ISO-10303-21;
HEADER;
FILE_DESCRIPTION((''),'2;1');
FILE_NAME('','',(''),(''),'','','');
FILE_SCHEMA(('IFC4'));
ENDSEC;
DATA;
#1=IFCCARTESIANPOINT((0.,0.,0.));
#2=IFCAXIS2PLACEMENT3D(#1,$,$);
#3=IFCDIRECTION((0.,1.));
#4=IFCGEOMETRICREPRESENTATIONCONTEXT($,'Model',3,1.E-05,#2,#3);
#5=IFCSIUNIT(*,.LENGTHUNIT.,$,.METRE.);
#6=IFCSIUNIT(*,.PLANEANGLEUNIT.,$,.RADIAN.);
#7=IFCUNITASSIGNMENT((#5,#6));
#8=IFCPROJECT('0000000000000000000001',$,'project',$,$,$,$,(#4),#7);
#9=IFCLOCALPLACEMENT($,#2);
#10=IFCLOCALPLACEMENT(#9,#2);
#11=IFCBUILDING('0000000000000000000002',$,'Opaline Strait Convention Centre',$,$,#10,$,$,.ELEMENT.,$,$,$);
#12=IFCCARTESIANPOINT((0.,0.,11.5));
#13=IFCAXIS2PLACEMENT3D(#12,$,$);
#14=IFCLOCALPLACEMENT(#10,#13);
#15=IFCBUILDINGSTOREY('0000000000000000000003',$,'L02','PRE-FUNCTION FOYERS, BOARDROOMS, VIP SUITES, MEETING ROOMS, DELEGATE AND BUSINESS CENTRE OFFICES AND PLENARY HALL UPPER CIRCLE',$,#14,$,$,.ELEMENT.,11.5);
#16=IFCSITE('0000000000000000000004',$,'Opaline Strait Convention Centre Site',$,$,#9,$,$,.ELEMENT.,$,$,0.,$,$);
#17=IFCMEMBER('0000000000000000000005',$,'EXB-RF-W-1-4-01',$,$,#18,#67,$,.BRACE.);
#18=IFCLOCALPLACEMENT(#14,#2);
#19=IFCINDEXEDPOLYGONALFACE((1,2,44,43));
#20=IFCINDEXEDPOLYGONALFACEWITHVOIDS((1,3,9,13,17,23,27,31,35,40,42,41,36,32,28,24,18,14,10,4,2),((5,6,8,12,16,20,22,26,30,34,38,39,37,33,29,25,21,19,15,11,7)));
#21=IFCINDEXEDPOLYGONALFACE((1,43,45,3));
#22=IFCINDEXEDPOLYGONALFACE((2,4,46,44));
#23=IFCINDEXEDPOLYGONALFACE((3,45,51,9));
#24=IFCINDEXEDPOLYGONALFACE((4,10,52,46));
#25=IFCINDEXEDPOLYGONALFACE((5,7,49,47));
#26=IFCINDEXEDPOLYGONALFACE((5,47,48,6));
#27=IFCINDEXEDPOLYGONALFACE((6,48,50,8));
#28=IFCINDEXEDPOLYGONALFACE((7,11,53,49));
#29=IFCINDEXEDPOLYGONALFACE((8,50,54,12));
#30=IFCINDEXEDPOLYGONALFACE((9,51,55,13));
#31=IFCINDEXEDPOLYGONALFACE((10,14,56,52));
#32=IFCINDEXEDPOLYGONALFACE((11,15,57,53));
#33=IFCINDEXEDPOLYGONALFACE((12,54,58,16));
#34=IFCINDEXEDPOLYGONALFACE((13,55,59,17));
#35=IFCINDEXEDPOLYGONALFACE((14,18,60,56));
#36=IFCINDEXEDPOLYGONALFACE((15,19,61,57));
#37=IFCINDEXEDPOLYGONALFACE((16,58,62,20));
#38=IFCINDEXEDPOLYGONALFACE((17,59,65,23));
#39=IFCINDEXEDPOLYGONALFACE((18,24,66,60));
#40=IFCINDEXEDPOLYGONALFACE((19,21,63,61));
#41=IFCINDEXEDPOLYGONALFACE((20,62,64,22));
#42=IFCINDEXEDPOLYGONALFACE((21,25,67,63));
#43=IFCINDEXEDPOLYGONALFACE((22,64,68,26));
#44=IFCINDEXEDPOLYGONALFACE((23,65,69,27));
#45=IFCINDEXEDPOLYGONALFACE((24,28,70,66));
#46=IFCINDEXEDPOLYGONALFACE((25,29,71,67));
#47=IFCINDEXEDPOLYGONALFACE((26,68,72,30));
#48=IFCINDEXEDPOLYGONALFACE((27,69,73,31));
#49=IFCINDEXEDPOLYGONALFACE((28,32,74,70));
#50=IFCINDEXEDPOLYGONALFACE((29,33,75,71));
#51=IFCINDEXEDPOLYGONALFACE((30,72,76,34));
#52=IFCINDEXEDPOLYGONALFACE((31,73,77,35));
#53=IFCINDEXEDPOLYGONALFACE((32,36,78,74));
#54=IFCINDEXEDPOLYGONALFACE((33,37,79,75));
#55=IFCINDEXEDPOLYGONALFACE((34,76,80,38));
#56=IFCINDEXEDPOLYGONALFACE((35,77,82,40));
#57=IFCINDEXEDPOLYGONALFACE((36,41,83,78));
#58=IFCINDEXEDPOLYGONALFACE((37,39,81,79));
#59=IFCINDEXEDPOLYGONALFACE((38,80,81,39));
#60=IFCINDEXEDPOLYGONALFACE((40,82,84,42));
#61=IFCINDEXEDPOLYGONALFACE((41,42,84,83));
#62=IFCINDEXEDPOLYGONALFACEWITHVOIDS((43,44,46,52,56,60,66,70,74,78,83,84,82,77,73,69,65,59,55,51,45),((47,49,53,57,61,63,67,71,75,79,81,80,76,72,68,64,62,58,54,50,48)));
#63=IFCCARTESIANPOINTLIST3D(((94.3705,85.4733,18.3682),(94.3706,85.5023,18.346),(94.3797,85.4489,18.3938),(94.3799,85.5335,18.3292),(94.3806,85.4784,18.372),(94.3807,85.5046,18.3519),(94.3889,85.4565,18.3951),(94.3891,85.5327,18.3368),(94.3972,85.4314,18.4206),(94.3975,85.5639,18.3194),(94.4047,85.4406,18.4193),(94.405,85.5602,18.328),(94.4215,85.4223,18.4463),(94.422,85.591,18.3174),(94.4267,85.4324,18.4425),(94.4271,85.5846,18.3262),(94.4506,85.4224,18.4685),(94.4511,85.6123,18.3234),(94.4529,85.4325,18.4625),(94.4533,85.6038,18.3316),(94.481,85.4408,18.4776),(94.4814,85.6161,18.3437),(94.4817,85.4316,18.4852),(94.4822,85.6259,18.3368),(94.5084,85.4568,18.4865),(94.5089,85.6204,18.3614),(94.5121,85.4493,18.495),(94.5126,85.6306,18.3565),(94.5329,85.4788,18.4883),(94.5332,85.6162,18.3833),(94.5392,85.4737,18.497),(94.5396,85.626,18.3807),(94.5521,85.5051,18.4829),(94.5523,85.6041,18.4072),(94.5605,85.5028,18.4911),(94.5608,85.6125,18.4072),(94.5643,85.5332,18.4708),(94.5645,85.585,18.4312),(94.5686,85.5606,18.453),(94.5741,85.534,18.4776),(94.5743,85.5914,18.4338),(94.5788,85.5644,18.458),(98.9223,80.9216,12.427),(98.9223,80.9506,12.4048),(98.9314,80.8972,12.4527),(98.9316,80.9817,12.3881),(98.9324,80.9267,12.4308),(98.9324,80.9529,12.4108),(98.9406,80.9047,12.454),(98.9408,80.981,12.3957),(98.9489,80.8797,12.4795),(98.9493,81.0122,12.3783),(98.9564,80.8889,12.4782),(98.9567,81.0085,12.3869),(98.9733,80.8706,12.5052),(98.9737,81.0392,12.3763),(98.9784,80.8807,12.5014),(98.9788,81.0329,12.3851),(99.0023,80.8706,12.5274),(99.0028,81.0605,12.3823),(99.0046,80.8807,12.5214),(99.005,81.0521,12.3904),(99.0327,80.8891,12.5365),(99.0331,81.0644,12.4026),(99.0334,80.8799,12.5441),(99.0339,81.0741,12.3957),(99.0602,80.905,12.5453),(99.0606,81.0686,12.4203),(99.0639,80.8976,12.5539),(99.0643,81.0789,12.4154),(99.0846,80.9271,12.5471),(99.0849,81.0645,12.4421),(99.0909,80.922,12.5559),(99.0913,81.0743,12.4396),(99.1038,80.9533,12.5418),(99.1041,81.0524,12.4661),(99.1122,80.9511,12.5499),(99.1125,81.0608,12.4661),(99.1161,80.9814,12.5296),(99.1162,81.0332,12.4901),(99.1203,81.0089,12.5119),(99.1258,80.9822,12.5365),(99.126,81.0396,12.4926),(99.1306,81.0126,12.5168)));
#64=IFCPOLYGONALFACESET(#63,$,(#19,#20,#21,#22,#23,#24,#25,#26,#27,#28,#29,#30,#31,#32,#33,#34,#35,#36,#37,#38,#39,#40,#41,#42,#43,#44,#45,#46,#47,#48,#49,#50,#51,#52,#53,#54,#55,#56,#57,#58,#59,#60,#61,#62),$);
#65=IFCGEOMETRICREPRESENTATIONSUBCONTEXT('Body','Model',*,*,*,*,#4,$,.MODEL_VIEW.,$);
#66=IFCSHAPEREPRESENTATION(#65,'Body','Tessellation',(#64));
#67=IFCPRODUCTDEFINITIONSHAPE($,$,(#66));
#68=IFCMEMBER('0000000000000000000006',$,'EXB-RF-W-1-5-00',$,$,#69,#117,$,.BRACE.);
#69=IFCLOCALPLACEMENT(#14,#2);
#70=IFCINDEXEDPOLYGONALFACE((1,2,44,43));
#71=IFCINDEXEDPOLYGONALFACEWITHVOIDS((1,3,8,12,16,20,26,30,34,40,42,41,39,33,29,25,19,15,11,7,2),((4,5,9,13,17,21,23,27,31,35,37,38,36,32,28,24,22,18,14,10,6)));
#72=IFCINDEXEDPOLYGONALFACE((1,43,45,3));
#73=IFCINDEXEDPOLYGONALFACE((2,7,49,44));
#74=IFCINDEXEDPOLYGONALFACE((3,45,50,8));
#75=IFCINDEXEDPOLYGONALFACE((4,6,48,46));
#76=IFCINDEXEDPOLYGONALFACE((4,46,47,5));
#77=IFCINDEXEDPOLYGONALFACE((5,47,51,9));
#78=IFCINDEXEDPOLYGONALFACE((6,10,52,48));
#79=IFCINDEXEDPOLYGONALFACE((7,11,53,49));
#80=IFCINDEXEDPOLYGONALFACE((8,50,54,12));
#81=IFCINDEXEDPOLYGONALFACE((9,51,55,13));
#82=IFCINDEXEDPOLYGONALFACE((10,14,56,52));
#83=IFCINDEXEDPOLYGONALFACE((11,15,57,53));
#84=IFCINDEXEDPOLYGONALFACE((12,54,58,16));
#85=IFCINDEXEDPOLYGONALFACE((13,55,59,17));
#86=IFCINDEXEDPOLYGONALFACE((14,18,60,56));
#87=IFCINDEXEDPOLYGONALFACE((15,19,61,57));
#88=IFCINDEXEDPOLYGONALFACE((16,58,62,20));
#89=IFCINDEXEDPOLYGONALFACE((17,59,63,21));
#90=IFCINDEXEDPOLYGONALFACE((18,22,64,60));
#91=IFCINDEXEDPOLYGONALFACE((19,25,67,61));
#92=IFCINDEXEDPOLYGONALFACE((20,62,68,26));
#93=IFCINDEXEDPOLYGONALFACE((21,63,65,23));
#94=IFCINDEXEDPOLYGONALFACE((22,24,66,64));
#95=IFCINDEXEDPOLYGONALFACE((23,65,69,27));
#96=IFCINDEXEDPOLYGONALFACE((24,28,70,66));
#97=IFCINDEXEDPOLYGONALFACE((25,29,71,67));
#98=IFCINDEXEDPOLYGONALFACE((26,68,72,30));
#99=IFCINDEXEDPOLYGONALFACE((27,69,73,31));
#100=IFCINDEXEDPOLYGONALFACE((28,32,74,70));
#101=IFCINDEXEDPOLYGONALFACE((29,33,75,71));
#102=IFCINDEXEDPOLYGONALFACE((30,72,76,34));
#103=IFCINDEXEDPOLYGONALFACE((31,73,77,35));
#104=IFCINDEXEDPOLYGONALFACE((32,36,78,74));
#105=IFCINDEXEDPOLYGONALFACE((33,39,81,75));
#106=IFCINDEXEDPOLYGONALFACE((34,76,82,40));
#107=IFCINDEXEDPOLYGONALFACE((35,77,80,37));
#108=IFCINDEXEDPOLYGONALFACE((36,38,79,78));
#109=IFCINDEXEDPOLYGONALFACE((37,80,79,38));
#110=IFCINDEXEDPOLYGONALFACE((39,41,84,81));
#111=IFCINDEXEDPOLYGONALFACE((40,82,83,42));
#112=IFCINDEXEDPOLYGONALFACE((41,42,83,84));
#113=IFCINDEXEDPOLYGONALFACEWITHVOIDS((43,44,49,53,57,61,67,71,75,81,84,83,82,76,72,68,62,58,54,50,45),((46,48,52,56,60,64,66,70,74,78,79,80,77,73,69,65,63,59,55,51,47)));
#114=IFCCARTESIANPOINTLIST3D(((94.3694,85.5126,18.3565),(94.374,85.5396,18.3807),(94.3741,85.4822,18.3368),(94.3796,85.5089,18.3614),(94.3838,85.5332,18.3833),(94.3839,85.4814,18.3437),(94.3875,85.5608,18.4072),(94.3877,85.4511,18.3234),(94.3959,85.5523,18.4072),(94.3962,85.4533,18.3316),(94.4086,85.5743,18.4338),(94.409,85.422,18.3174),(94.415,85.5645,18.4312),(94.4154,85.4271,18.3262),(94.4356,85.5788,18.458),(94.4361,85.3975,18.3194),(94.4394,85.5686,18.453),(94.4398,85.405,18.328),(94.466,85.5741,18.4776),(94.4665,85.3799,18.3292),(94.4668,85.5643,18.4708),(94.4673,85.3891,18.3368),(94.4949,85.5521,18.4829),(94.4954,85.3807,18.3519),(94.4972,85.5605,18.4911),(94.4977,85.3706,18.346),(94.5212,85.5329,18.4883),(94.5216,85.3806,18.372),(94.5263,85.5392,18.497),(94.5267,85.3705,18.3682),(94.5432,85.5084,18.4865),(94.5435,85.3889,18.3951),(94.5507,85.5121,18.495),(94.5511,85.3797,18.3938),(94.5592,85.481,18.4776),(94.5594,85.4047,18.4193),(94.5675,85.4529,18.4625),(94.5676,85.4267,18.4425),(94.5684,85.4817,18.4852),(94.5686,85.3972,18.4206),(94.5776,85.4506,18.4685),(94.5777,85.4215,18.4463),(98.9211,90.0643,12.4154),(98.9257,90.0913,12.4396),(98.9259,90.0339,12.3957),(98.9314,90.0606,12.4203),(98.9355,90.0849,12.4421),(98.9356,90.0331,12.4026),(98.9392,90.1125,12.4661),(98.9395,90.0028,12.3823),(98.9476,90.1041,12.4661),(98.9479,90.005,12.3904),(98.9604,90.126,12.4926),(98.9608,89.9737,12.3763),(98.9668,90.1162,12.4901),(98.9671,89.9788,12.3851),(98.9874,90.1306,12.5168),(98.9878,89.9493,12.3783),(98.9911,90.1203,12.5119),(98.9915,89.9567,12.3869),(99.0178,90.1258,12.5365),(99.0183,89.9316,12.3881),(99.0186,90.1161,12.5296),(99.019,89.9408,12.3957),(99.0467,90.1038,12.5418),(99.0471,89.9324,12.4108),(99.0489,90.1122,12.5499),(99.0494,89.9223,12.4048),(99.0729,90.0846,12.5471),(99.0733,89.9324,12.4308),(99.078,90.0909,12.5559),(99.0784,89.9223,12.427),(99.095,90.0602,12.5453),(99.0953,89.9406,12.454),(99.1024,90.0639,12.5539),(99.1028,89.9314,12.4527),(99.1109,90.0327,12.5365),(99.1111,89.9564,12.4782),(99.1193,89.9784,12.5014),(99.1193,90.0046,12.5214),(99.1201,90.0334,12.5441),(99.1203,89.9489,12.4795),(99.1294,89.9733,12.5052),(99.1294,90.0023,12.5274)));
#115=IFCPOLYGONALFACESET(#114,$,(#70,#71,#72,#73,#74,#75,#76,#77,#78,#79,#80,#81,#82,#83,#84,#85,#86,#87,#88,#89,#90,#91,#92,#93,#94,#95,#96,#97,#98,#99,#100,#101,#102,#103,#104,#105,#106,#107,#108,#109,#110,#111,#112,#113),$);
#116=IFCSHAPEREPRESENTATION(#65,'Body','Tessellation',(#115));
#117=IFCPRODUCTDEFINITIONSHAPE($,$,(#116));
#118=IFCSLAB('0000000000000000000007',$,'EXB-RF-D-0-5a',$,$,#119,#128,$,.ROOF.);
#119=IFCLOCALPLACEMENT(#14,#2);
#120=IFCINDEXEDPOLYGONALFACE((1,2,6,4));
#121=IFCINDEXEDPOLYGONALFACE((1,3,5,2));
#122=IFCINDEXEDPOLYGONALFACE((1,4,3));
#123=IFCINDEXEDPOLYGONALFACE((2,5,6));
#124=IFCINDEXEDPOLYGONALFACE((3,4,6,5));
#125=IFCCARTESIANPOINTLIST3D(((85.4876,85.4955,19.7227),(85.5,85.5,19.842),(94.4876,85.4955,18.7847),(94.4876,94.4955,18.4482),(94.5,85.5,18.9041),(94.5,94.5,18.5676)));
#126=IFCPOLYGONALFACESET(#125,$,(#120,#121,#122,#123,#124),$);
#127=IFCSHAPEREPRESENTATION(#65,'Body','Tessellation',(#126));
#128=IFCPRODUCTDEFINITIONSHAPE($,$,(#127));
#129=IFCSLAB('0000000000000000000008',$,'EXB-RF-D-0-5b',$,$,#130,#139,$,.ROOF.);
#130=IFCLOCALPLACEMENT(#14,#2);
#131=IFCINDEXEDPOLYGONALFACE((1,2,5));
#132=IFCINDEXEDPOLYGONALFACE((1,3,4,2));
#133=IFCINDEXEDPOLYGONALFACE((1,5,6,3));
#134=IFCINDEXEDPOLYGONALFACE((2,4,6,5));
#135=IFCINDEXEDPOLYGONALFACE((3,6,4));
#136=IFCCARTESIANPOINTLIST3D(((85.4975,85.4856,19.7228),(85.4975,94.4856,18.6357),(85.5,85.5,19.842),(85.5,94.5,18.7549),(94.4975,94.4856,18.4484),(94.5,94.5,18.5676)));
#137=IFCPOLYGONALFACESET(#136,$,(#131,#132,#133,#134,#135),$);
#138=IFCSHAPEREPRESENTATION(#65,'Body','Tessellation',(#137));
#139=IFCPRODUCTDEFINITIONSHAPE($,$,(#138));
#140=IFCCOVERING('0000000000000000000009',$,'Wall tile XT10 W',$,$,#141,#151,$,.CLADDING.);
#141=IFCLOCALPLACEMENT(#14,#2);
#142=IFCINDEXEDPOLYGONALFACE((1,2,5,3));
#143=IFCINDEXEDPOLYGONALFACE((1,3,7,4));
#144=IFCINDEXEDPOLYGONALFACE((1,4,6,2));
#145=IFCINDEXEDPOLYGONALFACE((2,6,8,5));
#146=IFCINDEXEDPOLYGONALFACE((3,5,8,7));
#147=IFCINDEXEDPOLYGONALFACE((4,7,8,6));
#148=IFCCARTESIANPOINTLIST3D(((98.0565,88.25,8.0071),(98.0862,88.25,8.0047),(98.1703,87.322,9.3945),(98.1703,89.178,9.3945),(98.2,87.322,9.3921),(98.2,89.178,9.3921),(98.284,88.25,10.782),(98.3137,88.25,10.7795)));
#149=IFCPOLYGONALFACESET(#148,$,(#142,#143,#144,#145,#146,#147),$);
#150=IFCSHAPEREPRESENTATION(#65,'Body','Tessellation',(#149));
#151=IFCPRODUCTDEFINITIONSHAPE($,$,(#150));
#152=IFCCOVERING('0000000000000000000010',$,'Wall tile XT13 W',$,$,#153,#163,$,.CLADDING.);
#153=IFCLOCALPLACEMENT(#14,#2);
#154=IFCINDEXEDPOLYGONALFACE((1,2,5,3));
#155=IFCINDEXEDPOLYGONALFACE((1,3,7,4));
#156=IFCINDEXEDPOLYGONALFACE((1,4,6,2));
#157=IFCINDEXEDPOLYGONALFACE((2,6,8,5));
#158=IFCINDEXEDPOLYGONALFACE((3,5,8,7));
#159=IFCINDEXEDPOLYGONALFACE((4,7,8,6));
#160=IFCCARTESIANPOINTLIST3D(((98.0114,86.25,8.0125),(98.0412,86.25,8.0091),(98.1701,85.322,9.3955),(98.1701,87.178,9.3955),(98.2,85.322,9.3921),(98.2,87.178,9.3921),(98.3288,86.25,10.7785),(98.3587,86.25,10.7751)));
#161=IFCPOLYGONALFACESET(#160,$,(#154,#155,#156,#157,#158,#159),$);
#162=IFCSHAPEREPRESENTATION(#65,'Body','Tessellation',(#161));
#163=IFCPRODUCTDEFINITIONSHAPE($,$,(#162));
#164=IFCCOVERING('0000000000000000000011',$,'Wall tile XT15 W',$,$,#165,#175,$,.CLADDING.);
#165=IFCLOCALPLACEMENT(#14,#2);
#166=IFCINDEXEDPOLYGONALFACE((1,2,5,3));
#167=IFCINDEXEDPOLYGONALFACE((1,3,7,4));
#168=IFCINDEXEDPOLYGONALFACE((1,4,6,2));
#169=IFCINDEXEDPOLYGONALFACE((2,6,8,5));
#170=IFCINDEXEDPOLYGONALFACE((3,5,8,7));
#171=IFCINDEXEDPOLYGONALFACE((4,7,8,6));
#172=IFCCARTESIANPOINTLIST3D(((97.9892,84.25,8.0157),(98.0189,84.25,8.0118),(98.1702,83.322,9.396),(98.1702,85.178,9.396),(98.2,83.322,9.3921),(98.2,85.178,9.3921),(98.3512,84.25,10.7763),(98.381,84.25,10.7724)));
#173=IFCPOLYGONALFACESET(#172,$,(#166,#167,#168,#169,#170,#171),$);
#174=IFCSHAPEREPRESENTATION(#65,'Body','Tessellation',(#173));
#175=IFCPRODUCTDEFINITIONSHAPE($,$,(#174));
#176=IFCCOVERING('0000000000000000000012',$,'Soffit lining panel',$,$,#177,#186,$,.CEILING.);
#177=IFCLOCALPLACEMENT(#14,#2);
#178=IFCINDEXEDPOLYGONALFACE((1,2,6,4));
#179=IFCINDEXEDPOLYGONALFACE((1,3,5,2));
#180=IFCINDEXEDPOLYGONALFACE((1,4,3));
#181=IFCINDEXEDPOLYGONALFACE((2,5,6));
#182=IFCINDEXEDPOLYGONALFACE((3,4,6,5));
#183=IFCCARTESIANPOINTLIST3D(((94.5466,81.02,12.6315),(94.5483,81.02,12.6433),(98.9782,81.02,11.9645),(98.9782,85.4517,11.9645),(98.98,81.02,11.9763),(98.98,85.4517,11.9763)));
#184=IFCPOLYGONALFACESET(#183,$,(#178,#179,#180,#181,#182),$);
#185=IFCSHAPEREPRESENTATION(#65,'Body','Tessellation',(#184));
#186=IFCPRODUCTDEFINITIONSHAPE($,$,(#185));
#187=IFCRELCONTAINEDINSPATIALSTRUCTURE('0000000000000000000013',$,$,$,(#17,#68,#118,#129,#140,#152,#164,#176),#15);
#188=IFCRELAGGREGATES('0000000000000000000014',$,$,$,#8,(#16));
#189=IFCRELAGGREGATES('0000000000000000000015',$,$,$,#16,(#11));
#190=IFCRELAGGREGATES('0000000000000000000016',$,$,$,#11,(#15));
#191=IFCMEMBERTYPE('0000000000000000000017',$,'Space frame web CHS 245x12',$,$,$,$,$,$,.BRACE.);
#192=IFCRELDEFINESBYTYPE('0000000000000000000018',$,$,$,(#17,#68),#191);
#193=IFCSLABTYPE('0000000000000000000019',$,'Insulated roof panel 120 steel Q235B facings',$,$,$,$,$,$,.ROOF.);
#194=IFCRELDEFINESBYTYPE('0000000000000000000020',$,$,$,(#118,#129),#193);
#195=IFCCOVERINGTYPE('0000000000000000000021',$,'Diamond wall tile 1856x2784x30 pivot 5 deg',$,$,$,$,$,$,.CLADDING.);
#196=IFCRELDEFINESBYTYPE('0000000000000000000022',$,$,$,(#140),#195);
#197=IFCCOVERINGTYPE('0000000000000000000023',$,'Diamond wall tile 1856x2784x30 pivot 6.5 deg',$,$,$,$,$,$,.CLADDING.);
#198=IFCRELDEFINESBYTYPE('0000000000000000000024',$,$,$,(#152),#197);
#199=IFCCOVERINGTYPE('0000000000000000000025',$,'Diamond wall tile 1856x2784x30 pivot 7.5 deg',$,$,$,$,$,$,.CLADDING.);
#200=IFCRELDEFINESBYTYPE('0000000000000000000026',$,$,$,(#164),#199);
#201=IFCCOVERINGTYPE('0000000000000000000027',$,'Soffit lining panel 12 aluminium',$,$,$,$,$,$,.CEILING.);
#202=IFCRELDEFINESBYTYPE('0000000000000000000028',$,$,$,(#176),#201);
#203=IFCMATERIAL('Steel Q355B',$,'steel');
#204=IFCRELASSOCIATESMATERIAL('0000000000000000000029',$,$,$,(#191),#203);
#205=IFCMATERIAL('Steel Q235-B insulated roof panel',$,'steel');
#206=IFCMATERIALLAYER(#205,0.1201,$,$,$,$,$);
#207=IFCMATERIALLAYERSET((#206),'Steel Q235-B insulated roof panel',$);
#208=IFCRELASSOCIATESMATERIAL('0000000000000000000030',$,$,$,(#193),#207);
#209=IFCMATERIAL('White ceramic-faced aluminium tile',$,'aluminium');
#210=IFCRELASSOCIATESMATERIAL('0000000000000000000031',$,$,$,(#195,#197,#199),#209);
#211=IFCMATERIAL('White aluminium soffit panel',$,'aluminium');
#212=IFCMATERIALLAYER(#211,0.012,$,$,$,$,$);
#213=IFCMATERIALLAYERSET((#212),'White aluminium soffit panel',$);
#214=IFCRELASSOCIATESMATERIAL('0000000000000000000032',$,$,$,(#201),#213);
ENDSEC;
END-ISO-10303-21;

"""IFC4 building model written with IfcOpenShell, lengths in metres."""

from ifc_helpers import new_model, si_unit, direction, frame, origin, origin_2d, place, context, subcontext, project, spatial, polyline, hollow_circle, outline, extrude, material, layer, layer_set, material_profile, profile_set, type_object, element, save


model = new_model("IFC4")

# Units and contexts
model_context = context("Model", 3, precision=1e-05, world=origin(), true_north=direction((0.0, 1.0)))
body_context = subcontext(model_context, "Body", "Model", "MODEL_VIEW")
ifc_project = project(units=[si_unit("LENGTHUNIT", "METRE"), si_unit("PLANEANGLEUNIT", "RADIAN")], contexts=[model_context])

# Site, building, storey
site_placement = place(None, origin())
site = spatial("IfcSite", under=ifc_project, at=site_placement, Name="Opaline Strait Convention Centre Site", CompositionType="ELEMENT", RefElevation=0.0)
building_placement = place(site_placement, origin())
building = spatial("IfcBuilding", under=site, at=building_placement, Name="Opaline Strait Convention Centre", CompositionType="ELEMENT")
storey_placement = place(building_placement, frame((0.0, 0.0, 11.5)))
storey = spatial("IfcBuildingStorey", under=building, at=storey_placement, Name="L02", Description="PRE-FUNCTION FOYERS, BOARDROOMS, VIP SUITES, MEETING ROOMS, DELEGATE AND BUSINESS CENTRE OFFICES AND PLENARY HALL UPPER CIRCLE", CompositionType="ELEMENT", Elevation=11.5)

# Members
ifc_material_1 = material(Name="Steel Q355B", Category="steel")
ifc_material_profile_1 = material_profile(ifc_material_1, hollow_circle(Radius=0.1226, WallThickness=0.012, at=origin_2d()), Name="CHS 245x12")
ifc_profile_set_1 = profile_set([ifc_material_profile_1], Name="Steel Q355B")
member_type_1 = type_object("IfcMemberType", Name="Space frame web CHS 245x12", PredefinedType="BRACE", material=ifc_profile_set_1)
for number, where, z_axis, x_axis, name in (
    (1, (94.4741, 85.5259, 18.4072), (0.519618, -0.519618, -0.678229), (0.707107, 0.707107, 0.0), "EXB-RF-W-1-4-01"),
    (2, (94.4741, 85.4741, 18.4072), (0.519618, 0.519618, -0.678229), (-0.707107, 0.707107, 0.0), "EXB-RF-W-1-5-00"),
):
    element("IfcMember", number, at=place(storey_placement, frame(where, z_axis=z_axis, x_axis=x_axis)), inside=storey, type_object=member_type_1, Name=name, PredefinedType="BRACE", context=body_context, shape_type="SweptSolid", body=[
        extrude(hollow_circle(Radius=0.1226, WallThickness=0.012, at=origin_2d()), origin(), (0.0, 0.0, 1.0), 8.7598),
    ])

# Slabs
ifc_material_2 = material(Name="Steel Q235-B insulated roof panel", Category="steel")
ifc_layer_1 = layer(ifc_material_2, 0.1201)
ifc_layer_set_1 = layer_set([ifc_layer_1], Name="Steel Q235-B insulated roof panel")
slab_type = type_object("IfcSlabType", Name="Insulated roof panel 120 steel Q235B facings", PredefinedType="ROOF", material=ifc_layer_set_1)
slab_1_placement = place(storey_placement, frame((85.5, 85.5, 19.842), z_axis=(0.103588, 0.037154, 0.993926), x_axis=(0.994613, 0.0, -0.103659)))
element("IfcSlab", 3, at=slab_1_placement, inside=storey, type_object=slab_type, Name="EXB-RF-D-0-5a", PredefinedType="ROOF", context=body_context, shape_type="SweptSolid", body=[
    extrude(outline(polyline([(0.0, 0.0), (9.0487, 0.0), (9.0836, 9.0062), (0.0, 0.0)])), origin(), (0.0, 0.0, -1.0), 0.1201),
])
slab_2_placement = place(storey_placement, frame((85.5, 85.5, 19.842), z_axis=(0.020652, 0.119898, 0.992571), x_axis=(0.703589, 0.703589, -0.099629)))
element("IfcSlab", 4, at=slab_2_placement, inside=storey, type_object=slab_type, Name="EXB-RF-D-0-5b", PredefinedType="ROOF", context=body_context, shape_type="SweptSolid", body=[
    extrude(outline(polyline([(0.0, 0.0), (12.7916, 0.0), (6.4406, 6.3797), (0.0, 0.0)])), origin(), (0.0, 0.0, -1.0), 0.1201),
])

# Coverings
ifc_material_3 = material(Name="White ceramic-faced aluminium tile", Category="aluminium")
ifc_material_profile_2 = material_profile(ifc_material_3, outline(polyline([(0.928, 0.0), (0.0, 1.3921), (-0.928, 0.0), (0.0, -1.3921), (0.928, 0.0)])), Name="Diamond tile 1856x2784")
ifc_profile_set_2 = profile_set([ifc_material_profile_2], Name="White ceramic-faced aluminium tile")
covering_type_1 = type_object("IfcCoveringType", Name="Diamond wall tile 1856x2784x30 pivot 5 deg", PredefinedType="CLADDING", material=ifc_profile_set_2)
covering_1_placement = place(storey_placement, frame((98.2, 88.25, 9.3921), z_axis=(-0.996658, 0.0, 0.081693), x_axis=(0.0, -1.0, 0.0)))
element("IfcCovering", 5, at=covering_1_placement, inside=storey, type_object=covering_type_1, Name="Wall tile XT10 W", PredefinedType="CLADDING", context=body_context, shape_type="SweptSolid", body=[
    extrude(outline(polyline([(0.928, 0.0), (0.0, 1.3921), (-0.928, 0.0), (0.0, -1.3921), (0.928, 0.0)])), origin(), (0.0, 0.0, 1.0), 0.0298),
])
ifc_material_profile_3 = material_profile(ifc_material_3, outline(polyline([(0.928, 0.0), (0.0, 1.3921), (-0.928, 0.0), (0.0, -1.3921), (0.928, 0.0)])), Name="Diamond tile 1856x2784")
ifc_profile_set_3 = profile_set([ifc_material_profile_3], Name="White ceramic-faced aluminium tile")
covering_type_2 = type_object("IfcCoveringType", Name="Diamond wall tile 1856x2784x30 pivot 6.5 deg", PredefinedType="CLADDING", material=ifc_profile_set_3)
covering_2_placement = place(storey_placement, frame((98.2, 86.25, 9.3921), z_axis=(-0.99348, 0.0, 0.114006), x_axis=(0.0, -1.0, 0.0)))
element("IfcCovering", 6, at=covering_2_placement, inside=storey, type_object=covering_type_2, Name="Wall tile XT13 W", PredefinedType="CLADDING", context=body_context, shape_type="SweptSolid", body=[
    extrude(outline(polyline([(0.928, 0.0), (0.0, 1.3921), (-0.928, 0.0), (0.0, -1.3921), (0.928, 0.0)])), origin(), (0.0, 0.0, 1.0), 0.03),
])
ifc_material_profile_4 = material_profile(ifc_material_3, outline(polyline([(0.928, 0.0), (0.0, 1.3921), (-0.928, 0.0), (0.0, -1.3921), (0.928, 0.0)])), Name="Diamond tile 1856x2784")
ifc_profile_set_4 = profile_set([ifc_material_profile_4], Name="White ceramic-faced aluminium tile")
covering_type_3 = type_object("IfcCoveringType", Name="Diamond wall tile 1856x2784x30 pivot 7.5 deg", PredefinedType="CLADDING", material=ifc_profile_set_4)
covering_3_placement = place(storey_placement, frame((98.2, 84.25, 9.3921), z_axis=(-0.99151, 0.0, 0.130034), x_axis=(0.0, -1.0, 0.0)))
element("IfcCovering", 7, at=covering_3_placement, inside=storey, type_object=covering_type_3, Name="Wall tile XT15 W", PredefinedType="CLADDING", context=body_context, shape_type="SweptSolid", body=[
    extrude(outline(polyline([(0.928, 0.0), (0.0, 1.3921), (-0.928, 0.0), (0.0, -1.3921), (0.928, 0.0)])), origin(), (0.0, 0.0, 1.0), 0.03),
])
ifc_material_4 = material(Name="White aluminium soffit panel", Category="aluminium")
ifc_layer_2 = layer(ifc_material_4, 0.012)
ifc_layer_set_2 = layer_set([ifc_layer_2], Name="White aluminium soffit panel")
covering_type_4 = type_object("IfcCoveringType", Name="Soffit lining panel 12 aluminium", PredefinedType="CEILING", material=ifc_layer_set_2)
covering_4_placement = place(storey_placement, frame((94.5483, 81.02, 12.6433), z_axis=(0.148831, 0.0, 0.988863), x_axis=(0.703136, 0.703136, -0.105827)))
element("IfcCovering", 8, at=covering_4_placement, inside=storey, type_object=covering_type_4, Name="Soffit lining panel", PredefinedType="CEILING", context=body_context, shape_type="SweptSolid", body=[
    extrude(outline(polyline([(0.0, 0.0), (6.3027, 0.0), (3.1866, -3.1511), (0.0, 0.0)])), origin(), (0.0, 0.0, -1.0), 0.012),
])

save(model, "model.ifc")
